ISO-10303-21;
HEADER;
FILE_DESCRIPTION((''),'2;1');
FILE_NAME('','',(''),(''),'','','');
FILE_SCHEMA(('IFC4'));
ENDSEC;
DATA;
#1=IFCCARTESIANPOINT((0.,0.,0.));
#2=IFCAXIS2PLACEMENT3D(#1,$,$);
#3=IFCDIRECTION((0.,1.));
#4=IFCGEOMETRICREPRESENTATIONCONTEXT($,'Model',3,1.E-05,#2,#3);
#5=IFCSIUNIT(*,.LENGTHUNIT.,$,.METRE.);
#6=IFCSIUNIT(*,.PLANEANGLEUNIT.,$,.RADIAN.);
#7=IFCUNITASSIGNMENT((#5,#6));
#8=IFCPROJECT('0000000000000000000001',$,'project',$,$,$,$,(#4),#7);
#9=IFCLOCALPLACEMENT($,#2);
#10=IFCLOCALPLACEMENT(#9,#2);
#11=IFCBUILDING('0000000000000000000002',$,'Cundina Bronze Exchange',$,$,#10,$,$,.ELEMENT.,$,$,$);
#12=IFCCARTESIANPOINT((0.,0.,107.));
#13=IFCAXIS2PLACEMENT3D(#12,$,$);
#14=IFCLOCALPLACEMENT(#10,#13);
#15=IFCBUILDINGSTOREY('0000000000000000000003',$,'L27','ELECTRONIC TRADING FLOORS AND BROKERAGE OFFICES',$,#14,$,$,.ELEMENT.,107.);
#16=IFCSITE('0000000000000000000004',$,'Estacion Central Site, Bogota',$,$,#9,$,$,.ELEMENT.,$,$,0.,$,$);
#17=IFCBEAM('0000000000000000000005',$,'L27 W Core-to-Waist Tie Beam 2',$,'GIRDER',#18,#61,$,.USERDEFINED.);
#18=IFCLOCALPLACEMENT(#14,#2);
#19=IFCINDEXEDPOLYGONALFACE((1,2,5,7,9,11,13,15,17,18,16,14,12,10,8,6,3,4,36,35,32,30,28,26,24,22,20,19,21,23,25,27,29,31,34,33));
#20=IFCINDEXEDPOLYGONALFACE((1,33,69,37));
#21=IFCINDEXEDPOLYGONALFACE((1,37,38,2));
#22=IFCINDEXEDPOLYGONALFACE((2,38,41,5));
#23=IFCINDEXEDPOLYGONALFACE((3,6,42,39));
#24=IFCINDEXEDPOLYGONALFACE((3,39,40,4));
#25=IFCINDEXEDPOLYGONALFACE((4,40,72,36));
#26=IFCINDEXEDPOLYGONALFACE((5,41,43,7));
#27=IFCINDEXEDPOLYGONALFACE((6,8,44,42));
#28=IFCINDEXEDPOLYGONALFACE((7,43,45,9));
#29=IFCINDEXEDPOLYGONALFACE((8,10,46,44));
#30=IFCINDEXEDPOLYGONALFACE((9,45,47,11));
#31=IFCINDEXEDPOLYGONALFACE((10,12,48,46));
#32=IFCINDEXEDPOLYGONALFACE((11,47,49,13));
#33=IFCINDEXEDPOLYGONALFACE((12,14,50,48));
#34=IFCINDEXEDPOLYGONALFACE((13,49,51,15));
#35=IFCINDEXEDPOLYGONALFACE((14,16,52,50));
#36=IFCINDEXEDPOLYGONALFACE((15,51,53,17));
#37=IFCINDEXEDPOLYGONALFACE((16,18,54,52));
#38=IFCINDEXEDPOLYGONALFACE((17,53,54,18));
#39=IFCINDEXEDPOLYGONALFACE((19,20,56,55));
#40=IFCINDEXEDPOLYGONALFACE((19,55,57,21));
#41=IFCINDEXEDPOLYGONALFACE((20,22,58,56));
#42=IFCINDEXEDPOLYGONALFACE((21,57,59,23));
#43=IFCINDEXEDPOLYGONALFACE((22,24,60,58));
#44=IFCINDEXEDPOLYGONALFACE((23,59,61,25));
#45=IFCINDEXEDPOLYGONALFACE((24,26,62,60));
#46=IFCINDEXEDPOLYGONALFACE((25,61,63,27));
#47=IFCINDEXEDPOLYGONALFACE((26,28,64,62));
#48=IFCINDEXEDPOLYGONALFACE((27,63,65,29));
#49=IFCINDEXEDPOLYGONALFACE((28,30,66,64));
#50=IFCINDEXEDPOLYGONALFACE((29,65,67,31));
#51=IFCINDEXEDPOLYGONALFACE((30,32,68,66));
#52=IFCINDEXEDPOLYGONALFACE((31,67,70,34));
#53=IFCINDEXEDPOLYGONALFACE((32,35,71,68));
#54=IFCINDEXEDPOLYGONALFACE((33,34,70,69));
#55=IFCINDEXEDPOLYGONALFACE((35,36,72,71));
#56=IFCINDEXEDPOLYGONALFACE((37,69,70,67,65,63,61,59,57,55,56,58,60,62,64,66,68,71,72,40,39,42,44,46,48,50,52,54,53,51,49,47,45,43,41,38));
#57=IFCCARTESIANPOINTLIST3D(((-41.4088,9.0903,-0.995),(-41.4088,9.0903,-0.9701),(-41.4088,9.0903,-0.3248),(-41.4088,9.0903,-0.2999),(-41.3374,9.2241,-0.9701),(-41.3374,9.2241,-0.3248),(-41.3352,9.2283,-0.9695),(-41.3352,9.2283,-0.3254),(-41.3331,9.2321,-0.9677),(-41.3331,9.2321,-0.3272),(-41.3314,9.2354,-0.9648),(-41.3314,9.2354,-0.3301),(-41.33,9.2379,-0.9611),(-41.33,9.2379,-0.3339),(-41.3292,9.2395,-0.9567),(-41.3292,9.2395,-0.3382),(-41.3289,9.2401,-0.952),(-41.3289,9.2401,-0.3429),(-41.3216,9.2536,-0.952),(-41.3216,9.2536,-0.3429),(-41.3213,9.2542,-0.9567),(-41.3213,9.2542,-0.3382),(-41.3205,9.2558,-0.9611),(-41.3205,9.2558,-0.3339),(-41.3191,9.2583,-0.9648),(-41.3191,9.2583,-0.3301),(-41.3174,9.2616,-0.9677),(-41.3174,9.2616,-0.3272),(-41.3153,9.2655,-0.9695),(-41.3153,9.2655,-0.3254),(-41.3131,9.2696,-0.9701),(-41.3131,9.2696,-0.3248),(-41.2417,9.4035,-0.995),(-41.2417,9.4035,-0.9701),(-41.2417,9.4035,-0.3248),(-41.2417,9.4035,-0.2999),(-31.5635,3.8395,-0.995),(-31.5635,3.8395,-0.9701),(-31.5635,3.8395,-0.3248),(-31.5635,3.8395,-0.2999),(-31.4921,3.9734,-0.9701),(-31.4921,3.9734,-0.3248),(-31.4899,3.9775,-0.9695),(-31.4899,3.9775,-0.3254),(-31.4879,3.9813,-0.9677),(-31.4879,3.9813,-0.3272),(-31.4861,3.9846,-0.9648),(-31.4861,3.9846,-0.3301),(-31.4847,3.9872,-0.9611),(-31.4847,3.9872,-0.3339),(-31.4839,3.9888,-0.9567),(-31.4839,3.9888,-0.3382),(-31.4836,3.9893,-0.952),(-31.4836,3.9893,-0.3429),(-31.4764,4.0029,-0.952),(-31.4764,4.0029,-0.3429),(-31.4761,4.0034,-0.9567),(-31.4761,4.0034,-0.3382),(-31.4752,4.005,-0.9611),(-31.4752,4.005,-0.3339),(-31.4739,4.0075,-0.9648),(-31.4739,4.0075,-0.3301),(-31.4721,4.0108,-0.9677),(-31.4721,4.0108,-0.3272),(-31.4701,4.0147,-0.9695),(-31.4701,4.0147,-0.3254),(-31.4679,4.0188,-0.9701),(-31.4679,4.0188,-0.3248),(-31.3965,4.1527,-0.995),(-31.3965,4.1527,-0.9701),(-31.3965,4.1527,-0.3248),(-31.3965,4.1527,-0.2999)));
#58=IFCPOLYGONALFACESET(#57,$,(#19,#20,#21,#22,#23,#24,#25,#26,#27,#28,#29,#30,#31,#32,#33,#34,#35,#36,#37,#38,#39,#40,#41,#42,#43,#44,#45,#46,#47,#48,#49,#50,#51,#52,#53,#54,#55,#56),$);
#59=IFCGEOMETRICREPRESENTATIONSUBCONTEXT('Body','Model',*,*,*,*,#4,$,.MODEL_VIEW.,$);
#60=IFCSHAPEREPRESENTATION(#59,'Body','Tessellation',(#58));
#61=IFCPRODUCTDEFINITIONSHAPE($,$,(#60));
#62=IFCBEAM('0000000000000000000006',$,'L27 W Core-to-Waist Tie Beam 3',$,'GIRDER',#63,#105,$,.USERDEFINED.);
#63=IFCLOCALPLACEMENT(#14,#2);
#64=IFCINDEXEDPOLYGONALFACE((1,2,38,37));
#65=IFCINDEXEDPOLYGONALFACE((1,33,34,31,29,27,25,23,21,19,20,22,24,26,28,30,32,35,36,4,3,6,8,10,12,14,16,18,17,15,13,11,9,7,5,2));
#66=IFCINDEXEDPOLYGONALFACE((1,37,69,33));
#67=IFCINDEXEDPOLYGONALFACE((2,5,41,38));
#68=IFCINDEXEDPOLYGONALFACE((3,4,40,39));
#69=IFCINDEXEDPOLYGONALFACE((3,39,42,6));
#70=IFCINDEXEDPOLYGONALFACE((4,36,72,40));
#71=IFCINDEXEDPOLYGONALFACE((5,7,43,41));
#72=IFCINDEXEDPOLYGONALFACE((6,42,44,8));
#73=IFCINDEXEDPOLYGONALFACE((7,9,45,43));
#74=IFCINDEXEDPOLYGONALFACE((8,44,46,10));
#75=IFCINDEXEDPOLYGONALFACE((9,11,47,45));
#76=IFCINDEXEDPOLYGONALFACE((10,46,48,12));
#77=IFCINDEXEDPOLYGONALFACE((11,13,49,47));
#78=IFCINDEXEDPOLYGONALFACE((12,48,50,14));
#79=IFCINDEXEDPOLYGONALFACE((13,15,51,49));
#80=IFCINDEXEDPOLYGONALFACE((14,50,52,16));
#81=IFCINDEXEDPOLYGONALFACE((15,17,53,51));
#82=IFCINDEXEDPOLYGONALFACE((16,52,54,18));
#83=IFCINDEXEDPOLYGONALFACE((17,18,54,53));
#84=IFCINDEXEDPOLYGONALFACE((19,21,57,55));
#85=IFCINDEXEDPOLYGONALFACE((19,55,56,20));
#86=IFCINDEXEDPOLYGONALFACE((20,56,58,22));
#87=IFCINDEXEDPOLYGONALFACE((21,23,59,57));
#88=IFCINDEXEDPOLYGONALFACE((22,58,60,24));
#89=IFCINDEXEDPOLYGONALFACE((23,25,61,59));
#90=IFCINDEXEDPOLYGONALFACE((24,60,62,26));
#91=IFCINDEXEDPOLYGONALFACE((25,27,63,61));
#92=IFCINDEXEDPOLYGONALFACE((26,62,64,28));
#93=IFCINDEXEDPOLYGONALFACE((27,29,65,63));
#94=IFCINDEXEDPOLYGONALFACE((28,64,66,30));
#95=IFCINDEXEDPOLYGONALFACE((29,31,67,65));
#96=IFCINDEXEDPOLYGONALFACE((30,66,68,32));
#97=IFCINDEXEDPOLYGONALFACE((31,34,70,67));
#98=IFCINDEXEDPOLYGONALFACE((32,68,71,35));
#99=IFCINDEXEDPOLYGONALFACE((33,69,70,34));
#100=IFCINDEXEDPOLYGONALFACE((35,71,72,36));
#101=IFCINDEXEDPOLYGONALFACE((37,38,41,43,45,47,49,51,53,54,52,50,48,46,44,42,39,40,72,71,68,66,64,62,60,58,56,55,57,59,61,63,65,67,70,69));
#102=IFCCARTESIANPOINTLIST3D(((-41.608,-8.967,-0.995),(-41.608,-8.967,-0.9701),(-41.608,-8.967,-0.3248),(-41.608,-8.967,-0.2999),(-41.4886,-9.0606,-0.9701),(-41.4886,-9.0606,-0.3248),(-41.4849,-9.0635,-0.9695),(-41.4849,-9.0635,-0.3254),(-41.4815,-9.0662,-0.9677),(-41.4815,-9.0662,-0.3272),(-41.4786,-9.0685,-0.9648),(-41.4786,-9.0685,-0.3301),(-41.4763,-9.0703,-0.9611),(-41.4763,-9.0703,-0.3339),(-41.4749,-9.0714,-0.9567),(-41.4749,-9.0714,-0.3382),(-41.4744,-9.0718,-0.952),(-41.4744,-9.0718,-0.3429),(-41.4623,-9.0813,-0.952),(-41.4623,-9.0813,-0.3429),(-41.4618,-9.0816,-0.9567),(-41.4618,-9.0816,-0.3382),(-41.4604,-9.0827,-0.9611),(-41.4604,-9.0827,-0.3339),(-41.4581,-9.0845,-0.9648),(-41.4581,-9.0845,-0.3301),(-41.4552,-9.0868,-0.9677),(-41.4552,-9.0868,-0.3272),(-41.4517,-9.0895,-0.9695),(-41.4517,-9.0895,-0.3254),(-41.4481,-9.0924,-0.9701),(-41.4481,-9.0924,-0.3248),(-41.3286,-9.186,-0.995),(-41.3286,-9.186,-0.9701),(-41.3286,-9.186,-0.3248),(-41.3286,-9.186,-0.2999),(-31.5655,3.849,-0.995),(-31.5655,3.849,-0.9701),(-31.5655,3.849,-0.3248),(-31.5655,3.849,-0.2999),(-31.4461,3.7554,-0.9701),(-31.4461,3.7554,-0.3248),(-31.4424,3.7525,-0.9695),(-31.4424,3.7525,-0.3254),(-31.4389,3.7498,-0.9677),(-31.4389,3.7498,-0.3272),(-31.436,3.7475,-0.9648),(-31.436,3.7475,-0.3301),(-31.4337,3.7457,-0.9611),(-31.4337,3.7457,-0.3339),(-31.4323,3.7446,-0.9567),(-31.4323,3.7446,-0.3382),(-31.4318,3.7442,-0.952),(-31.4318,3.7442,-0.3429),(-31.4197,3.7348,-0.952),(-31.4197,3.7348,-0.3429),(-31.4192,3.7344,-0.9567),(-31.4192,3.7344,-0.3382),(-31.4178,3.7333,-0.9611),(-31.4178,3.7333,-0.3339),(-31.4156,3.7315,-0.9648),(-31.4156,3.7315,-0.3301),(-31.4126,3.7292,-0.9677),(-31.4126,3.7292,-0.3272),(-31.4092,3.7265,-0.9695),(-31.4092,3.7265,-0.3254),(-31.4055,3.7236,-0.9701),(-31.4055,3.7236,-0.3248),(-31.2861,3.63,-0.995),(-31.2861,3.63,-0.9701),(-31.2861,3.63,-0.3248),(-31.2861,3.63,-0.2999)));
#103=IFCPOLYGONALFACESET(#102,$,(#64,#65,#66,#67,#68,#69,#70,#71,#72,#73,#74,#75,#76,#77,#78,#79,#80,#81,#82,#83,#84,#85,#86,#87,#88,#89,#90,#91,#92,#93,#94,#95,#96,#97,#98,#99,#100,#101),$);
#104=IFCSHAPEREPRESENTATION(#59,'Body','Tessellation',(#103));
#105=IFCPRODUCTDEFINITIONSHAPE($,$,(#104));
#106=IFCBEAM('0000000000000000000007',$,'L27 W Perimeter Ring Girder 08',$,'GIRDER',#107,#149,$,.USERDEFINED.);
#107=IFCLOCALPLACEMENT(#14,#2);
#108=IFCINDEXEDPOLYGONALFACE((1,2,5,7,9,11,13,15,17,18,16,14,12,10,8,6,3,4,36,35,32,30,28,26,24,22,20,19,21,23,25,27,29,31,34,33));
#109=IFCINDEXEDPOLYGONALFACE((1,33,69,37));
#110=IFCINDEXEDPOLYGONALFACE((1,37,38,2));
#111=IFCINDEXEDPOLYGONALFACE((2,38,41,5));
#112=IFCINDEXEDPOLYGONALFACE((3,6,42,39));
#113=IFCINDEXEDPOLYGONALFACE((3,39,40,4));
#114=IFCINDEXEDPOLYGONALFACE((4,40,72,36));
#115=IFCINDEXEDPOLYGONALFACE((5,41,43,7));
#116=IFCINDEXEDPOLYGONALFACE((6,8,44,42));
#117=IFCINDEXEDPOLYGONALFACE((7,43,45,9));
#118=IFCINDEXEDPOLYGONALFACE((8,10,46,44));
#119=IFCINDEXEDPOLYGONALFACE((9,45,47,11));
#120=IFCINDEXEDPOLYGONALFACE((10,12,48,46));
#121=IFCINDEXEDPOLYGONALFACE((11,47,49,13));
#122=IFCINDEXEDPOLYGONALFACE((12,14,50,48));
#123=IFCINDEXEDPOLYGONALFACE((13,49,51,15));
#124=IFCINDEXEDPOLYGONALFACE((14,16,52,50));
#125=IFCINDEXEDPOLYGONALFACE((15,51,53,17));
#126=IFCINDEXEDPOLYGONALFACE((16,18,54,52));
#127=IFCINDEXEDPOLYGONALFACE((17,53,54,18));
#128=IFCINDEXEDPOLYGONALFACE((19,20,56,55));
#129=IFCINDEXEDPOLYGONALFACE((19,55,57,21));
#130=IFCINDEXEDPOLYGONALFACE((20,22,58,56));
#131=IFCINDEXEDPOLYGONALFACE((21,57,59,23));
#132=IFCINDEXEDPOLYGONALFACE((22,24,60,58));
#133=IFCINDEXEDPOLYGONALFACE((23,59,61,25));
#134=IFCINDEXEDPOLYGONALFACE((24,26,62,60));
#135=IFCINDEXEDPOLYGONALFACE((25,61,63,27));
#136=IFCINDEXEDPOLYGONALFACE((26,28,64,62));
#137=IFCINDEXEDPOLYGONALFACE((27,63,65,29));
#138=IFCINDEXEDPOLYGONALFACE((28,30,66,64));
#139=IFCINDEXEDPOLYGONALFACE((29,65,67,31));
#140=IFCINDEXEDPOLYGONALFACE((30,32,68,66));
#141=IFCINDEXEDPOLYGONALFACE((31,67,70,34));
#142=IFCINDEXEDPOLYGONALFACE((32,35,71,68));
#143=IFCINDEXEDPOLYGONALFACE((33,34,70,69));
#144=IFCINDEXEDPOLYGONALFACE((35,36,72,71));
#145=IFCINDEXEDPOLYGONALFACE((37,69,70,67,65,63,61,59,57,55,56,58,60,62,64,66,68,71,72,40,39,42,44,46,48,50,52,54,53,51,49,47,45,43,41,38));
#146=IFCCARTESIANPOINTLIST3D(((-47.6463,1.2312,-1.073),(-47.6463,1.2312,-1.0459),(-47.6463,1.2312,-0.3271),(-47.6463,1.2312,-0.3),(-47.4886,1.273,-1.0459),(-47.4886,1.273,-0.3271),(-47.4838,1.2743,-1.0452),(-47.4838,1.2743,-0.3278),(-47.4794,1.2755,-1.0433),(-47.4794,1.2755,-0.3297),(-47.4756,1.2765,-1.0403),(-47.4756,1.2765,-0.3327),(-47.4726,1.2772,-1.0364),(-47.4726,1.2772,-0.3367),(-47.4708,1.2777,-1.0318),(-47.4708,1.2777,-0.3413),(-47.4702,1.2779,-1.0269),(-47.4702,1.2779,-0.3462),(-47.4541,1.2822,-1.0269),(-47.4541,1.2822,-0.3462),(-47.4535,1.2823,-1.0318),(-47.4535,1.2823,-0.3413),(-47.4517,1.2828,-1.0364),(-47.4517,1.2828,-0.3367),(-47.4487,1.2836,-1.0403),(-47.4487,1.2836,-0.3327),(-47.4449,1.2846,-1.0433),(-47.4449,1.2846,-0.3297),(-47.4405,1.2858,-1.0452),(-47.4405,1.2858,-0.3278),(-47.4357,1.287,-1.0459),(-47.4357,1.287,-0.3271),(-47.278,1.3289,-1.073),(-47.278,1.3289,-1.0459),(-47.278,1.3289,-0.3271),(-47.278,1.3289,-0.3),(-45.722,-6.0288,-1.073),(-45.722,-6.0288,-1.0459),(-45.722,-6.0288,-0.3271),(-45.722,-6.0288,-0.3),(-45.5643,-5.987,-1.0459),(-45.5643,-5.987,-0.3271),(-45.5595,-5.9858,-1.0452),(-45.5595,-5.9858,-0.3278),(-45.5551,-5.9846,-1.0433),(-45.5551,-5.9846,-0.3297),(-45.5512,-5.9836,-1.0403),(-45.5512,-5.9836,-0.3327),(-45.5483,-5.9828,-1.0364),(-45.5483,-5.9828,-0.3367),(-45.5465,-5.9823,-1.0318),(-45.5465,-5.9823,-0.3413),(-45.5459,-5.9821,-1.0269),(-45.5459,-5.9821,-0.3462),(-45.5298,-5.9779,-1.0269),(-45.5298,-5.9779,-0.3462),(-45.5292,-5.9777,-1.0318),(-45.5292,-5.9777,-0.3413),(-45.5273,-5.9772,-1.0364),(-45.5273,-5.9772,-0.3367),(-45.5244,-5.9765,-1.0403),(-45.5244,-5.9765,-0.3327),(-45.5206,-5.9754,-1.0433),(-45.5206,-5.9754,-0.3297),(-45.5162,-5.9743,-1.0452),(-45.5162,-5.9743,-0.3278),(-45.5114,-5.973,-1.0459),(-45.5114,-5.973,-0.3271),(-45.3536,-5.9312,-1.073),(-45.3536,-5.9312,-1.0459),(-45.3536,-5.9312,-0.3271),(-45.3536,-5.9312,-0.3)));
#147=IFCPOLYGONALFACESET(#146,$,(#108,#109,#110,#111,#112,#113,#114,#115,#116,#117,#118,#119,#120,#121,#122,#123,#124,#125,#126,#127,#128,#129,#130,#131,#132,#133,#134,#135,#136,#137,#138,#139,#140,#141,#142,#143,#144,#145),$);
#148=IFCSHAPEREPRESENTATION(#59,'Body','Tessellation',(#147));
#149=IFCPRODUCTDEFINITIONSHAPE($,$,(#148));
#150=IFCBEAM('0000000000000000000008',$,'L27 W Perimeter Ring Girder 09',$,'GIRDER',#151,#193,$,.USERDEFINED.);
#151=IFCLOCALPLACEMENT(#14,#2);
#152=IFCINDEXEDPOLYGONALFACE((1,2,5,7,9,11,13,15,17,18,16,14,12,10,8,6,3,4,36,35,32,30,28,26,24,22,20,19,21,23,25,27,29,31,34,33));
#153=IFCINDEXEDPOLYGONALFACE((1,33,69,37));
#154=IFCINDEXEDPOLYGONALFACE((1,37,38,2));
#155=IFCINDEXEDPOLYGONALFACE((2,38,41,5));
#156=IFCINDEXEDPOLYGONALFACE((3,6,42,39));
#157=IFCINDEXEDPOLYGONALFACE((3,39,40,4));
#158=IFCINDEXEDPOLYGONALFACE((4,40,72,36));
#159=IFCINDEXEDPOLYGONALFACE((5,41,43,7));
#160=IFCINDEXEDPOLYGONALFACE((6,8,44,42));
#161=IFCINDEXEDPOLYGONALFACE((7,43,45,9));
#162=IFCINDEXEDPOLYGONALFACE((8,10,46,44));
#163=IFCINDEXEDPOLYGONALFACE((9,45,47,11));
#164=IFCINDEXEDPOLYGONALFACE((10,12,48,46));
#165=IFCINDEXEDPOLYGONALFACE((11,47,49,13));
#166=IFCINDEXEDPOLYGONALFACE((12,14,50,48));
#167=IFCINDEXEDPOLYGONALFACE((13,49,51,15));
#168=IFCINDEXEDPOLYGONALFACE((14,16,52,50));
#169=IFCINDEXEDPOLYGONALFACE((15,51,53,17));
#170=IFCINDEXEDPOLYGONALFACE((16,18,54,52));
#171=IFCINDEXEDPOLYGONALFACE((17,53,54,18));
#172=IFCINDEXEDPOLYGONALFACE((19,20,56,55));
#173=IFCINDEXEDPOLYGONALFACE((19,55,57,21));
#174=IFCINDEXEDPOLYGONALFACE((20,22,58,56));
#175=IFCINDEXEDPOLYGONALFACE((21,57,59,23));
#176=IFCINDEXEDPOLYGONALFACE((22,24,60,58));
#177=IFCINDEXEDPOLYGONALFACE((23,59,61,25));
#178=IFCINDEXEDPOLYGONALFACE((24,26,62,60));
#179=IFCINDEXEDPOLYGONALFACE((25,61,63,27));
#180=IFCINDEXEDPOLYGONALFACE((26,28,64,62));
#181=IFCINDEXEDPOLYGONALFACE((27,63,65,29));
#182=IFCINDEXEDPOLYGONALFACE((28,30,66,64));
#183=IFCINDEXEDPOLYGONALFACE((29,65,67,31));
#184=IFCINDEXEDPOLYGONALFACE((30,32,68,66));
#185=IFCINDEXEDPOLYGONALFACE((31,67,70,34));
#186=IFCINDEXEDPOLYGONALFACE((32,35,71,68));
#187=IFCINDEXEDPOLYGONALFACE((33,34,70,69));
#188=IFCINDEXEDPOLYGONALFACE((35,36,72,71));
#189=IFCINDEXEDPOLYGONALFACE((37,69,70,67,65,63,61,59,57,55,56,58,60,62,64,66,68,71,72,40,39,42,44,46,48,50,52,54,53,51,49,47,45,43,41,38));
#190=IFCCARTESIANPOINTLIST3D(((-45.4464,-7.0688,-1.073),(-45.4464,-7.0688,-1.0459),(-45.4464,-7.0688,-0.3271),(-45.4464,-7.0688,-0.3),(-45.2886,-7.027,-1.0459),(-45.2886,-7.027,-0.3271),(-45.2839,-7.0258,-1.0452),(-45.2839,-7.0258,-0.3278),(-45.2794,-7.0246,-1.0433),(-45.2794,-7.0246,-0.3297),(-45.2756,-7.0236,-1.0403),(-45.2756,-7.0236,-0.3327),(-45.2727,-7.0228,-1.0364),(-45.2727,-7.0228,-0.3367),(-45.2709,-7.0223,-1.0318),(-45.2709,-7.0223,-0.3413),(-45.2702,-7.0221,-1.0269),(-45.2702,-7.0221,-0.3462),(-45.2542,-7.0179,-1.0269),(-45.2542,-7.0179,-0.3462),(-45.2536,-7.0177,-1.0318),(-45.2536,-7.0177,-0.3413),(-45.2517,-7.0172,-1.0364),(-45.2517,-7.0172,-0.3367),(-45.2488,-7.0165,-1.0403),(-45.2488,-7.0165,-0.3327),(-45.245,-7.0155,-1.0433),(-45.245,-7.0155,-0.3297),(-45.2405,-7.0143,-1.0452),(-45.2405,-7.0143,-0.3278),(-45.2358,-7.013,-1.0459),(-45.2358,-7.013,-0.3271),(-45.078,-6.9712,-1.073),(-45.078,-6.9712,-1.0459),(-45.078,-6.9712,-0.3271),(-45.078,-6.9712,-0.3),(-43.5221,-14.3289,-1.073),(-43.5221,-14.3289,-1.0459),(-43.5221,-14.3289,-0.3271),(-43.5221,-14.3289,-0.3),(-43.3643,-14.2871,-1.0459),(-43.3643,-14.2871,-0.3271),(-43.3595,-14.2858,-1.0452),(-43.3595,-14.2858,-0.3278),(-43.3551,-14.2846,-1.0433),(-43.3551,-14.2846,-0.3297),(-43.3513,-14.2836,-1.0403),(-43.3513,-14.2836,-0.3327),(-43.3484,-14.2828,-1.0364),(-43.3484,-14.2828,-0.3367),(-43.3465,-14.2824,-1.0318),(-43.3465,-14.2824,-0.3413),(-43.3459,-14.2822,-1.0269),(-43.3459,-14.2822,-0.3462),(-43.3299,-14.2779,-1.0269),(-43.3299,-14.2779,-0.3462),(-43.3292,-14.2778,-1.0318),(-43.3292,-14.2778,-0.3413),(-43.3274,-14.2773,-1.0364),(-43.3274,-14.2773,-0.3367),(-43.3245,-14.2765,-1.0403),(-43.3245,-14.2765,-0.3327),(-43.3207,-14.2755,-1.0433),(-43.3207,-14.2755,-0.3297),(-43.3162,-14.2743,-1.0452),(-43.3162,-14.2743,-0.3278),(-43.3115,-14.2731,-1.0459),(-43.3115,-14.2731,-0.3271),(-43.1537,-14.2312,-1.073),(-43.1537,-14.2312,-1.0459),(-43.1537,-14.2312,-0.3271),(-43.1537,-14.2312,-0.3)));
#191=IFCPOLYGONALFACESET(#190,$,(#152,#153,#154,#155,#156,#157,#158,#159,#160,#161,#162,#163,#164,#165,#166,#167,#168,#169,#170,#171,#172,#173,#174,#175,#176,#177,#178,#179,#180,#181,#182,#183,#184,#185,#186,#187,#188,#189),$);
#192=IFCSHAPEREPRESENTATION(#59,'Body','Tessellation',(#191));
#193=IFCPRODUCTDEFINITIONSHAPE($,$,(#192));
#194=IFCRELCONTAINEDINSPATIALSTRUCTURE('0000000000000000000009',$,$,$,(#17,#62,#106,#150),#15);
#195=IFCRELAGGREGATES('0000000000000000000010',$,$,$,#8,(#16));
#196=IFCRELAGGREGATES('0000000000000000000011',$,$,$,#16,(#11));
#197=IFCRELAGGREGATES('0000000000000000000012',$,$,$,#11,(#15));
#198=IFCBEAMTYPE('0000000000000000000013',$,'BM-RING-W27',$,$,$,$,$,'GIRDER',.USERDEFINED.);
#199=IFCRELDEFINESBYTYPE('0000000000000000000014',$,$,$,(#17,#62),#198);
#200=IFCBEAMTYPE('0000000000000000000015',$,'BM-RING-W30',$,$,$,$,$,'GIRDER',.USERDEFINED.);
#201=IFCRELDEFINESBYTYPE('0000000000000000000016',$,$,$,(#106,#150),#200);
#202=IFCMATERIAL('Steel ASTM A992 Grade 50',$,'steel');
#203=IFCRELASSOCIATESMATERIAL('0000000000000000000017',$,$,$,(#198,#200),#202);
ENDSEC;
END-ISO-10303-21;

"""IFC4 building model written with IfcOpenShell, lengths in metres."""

from ifc_helpers import new_model, si_unit, direction, frame, origin, origin_2d, place, context, subcontext, project, spatial, i_section, extrude, material, material_profile, profile_set, type_object, element, save


model = new_model("IFC4")

# Units and contexts
model_context = context("Model", 3, precision=1e-05, world=origin(), true_north=direction((0.0, 1.0)))
body_context = subcontext(model_context, "Body", "Model", "MODEL_VIEW")
ifc_project = project(units=[si_unit("LENGTHUNIT", "METRE"), si_unit("PLANEANGLEUNIT", "RADIAN")], contexts=[model_context])

# Site, building, storey
site_placement = place(None, origin())
site = spatial("IfcSite", under=ifc_project, at=site_placement, Name="Estacion Central Site, Bogota", CompositionType="ELEMENT", RefElevation=0.0)
building_placement = place(site_placement, origin())
building = spatial("IfcBuilding", under=site, at=building_placement, Name="Cundina Bronze Exchange", CompositionType="ELEMENT")
storey_placement = place(building_placement, frame((0.0, 0.0, 107.0)))
storey = spatial("IfcBuildingStorey", under=building, at=storey_placement, Name="L27", Description="ELECTRONIC TRADING FLOORS AND BROKERAGE OFFICES", CompositionType="ELEMENT", Elevation=107.0)

# Shared definitions
ifc_material_1 = material(Name="Steel ASTM A992 Grade 50", Category="steel")

# Beams
ifc_material_profile_1 = material_profile(ifc_material_1, i_section(OverallWidth=0.355, OverallDepth=0.6951, WebThickness=0.0154, FlangeThickness=0.0249, FilletRadius=0.0181, at=origin_2d()), Name="W27X146", Category="steel")
ifc_profile_set_1 = profile_set([ifc_material_profile_1], Name="Steel ASTM A992 Grade 50")
beam_type_1 = type_object("IfcBeamType", Name="BM-RING-W27", ElementType="GIRDER", PredefinedType="USERDEFINED", material=ifc_profile_set_1)
beam_1_placement = place(storey_placement, frame((-31.48, 3.9961, -0.6475), z_axis=(-0.882355, 0.470585, 0.0), x_axis=(-0.470585, -0.882355, 0.0)))
element("IfcBeam", 1, at=beam_1_placement, inside=storey, type_object=beam_type_1, Name="L27 W Core-to-Waist Tie Beam 2", ObjectType="GIRDER", PredefinedType="USERDEFINED", context=body_context, shape_type="SweptSolid", body=[
    extrude(i_section(OverallWidth=0.355, OverallDepth=0.6951, WebThickness=0.0154, FlangeThickness=0.0249, FilletRadius=0.0181, at=origin_2d()), origin(), (0.0, 0.0, 1.0), 11.158),
])
beam_2_placement = place(storey_placement, frame((-31.4258, 3.7395, -0.6475), z_axis=(-0.616789, -0.787128, 0.0), x_axis=(0.787128, -0.616789, 0.0)))
element("IfcBeam", 2, at=beam_2_placement, inside=storey, type_object=beam_type_1, Name="L27 W Core-to-Waist Tie Beam 3", ObjectType="GIRDER", PredefinedType="USERDEFINED", context=body_context, shape_type="SweptSolid", body=[
    extrude(i_section(OverallWidth=0.355, OverallDepth=0.6951, WebThickness=0.0154, FlangeThickness=0.0249, FilletRadius=0.0181, at=origin_2d()), origin(), (0.0, 0.0, 1.0), 16.282),
])
ifc_material_profile_2 = material_profile(ifc_material_1, i_section(OverallWidth=0.3811, OverallDepth=0.7729, WebThickness=0.0166, FlangeThickness=0.0271, FilletRadius=0.019, at=origin_2d()), Name="W30X173", Category="steel")
ifc_profile_set_2 = profile_set([ifc_material_profile_2], Name="Steel ASTM A992 Grade 50")
beam_type_2 = type_object("IfcBeamType", Name="BM-RING-W30", ElementType="GIRDER", PredefinedType="USERDEFINED", material=ifc_profile_set_2)
for number, where, z_axis, x_axis, name in (
    (3, (-47.4622, 1.28, -0.6865), (0.25621, -0.966621, 0.0), (0.966621, 0.25621, 0.0), "L27 W Perimeter Ring Girder 08"),
    (4, (-45.2622, -7.02, -0.6865), (0.25621, -0.966621, 0.0), (0.966621, 0.25621, 0.0), "L27 W Perimeter Ring Girder 09"),
):
    element("IfcBeam", number, at=place(storey_placement, frame(where, z_axis=z_axis, x_axis=x_axis)), inside=storey, type_object=beam_type_2, Name=name, ObjectType="GIRDER", PredefinedType="USERDEFINED", context=body_context, shape_type="SweptSolid", body=[
        extrude(i_section(OverallWidth=0.3811, OverallDepth=0.7729, WebThickness=0.0166, FlangeThickness=0.0271, FilletRadius=0.019, at=origin_2d()), origin(), (0.0, 0.0, 1.0), 7.5107),
    ])

save(model, "model.ifc")
